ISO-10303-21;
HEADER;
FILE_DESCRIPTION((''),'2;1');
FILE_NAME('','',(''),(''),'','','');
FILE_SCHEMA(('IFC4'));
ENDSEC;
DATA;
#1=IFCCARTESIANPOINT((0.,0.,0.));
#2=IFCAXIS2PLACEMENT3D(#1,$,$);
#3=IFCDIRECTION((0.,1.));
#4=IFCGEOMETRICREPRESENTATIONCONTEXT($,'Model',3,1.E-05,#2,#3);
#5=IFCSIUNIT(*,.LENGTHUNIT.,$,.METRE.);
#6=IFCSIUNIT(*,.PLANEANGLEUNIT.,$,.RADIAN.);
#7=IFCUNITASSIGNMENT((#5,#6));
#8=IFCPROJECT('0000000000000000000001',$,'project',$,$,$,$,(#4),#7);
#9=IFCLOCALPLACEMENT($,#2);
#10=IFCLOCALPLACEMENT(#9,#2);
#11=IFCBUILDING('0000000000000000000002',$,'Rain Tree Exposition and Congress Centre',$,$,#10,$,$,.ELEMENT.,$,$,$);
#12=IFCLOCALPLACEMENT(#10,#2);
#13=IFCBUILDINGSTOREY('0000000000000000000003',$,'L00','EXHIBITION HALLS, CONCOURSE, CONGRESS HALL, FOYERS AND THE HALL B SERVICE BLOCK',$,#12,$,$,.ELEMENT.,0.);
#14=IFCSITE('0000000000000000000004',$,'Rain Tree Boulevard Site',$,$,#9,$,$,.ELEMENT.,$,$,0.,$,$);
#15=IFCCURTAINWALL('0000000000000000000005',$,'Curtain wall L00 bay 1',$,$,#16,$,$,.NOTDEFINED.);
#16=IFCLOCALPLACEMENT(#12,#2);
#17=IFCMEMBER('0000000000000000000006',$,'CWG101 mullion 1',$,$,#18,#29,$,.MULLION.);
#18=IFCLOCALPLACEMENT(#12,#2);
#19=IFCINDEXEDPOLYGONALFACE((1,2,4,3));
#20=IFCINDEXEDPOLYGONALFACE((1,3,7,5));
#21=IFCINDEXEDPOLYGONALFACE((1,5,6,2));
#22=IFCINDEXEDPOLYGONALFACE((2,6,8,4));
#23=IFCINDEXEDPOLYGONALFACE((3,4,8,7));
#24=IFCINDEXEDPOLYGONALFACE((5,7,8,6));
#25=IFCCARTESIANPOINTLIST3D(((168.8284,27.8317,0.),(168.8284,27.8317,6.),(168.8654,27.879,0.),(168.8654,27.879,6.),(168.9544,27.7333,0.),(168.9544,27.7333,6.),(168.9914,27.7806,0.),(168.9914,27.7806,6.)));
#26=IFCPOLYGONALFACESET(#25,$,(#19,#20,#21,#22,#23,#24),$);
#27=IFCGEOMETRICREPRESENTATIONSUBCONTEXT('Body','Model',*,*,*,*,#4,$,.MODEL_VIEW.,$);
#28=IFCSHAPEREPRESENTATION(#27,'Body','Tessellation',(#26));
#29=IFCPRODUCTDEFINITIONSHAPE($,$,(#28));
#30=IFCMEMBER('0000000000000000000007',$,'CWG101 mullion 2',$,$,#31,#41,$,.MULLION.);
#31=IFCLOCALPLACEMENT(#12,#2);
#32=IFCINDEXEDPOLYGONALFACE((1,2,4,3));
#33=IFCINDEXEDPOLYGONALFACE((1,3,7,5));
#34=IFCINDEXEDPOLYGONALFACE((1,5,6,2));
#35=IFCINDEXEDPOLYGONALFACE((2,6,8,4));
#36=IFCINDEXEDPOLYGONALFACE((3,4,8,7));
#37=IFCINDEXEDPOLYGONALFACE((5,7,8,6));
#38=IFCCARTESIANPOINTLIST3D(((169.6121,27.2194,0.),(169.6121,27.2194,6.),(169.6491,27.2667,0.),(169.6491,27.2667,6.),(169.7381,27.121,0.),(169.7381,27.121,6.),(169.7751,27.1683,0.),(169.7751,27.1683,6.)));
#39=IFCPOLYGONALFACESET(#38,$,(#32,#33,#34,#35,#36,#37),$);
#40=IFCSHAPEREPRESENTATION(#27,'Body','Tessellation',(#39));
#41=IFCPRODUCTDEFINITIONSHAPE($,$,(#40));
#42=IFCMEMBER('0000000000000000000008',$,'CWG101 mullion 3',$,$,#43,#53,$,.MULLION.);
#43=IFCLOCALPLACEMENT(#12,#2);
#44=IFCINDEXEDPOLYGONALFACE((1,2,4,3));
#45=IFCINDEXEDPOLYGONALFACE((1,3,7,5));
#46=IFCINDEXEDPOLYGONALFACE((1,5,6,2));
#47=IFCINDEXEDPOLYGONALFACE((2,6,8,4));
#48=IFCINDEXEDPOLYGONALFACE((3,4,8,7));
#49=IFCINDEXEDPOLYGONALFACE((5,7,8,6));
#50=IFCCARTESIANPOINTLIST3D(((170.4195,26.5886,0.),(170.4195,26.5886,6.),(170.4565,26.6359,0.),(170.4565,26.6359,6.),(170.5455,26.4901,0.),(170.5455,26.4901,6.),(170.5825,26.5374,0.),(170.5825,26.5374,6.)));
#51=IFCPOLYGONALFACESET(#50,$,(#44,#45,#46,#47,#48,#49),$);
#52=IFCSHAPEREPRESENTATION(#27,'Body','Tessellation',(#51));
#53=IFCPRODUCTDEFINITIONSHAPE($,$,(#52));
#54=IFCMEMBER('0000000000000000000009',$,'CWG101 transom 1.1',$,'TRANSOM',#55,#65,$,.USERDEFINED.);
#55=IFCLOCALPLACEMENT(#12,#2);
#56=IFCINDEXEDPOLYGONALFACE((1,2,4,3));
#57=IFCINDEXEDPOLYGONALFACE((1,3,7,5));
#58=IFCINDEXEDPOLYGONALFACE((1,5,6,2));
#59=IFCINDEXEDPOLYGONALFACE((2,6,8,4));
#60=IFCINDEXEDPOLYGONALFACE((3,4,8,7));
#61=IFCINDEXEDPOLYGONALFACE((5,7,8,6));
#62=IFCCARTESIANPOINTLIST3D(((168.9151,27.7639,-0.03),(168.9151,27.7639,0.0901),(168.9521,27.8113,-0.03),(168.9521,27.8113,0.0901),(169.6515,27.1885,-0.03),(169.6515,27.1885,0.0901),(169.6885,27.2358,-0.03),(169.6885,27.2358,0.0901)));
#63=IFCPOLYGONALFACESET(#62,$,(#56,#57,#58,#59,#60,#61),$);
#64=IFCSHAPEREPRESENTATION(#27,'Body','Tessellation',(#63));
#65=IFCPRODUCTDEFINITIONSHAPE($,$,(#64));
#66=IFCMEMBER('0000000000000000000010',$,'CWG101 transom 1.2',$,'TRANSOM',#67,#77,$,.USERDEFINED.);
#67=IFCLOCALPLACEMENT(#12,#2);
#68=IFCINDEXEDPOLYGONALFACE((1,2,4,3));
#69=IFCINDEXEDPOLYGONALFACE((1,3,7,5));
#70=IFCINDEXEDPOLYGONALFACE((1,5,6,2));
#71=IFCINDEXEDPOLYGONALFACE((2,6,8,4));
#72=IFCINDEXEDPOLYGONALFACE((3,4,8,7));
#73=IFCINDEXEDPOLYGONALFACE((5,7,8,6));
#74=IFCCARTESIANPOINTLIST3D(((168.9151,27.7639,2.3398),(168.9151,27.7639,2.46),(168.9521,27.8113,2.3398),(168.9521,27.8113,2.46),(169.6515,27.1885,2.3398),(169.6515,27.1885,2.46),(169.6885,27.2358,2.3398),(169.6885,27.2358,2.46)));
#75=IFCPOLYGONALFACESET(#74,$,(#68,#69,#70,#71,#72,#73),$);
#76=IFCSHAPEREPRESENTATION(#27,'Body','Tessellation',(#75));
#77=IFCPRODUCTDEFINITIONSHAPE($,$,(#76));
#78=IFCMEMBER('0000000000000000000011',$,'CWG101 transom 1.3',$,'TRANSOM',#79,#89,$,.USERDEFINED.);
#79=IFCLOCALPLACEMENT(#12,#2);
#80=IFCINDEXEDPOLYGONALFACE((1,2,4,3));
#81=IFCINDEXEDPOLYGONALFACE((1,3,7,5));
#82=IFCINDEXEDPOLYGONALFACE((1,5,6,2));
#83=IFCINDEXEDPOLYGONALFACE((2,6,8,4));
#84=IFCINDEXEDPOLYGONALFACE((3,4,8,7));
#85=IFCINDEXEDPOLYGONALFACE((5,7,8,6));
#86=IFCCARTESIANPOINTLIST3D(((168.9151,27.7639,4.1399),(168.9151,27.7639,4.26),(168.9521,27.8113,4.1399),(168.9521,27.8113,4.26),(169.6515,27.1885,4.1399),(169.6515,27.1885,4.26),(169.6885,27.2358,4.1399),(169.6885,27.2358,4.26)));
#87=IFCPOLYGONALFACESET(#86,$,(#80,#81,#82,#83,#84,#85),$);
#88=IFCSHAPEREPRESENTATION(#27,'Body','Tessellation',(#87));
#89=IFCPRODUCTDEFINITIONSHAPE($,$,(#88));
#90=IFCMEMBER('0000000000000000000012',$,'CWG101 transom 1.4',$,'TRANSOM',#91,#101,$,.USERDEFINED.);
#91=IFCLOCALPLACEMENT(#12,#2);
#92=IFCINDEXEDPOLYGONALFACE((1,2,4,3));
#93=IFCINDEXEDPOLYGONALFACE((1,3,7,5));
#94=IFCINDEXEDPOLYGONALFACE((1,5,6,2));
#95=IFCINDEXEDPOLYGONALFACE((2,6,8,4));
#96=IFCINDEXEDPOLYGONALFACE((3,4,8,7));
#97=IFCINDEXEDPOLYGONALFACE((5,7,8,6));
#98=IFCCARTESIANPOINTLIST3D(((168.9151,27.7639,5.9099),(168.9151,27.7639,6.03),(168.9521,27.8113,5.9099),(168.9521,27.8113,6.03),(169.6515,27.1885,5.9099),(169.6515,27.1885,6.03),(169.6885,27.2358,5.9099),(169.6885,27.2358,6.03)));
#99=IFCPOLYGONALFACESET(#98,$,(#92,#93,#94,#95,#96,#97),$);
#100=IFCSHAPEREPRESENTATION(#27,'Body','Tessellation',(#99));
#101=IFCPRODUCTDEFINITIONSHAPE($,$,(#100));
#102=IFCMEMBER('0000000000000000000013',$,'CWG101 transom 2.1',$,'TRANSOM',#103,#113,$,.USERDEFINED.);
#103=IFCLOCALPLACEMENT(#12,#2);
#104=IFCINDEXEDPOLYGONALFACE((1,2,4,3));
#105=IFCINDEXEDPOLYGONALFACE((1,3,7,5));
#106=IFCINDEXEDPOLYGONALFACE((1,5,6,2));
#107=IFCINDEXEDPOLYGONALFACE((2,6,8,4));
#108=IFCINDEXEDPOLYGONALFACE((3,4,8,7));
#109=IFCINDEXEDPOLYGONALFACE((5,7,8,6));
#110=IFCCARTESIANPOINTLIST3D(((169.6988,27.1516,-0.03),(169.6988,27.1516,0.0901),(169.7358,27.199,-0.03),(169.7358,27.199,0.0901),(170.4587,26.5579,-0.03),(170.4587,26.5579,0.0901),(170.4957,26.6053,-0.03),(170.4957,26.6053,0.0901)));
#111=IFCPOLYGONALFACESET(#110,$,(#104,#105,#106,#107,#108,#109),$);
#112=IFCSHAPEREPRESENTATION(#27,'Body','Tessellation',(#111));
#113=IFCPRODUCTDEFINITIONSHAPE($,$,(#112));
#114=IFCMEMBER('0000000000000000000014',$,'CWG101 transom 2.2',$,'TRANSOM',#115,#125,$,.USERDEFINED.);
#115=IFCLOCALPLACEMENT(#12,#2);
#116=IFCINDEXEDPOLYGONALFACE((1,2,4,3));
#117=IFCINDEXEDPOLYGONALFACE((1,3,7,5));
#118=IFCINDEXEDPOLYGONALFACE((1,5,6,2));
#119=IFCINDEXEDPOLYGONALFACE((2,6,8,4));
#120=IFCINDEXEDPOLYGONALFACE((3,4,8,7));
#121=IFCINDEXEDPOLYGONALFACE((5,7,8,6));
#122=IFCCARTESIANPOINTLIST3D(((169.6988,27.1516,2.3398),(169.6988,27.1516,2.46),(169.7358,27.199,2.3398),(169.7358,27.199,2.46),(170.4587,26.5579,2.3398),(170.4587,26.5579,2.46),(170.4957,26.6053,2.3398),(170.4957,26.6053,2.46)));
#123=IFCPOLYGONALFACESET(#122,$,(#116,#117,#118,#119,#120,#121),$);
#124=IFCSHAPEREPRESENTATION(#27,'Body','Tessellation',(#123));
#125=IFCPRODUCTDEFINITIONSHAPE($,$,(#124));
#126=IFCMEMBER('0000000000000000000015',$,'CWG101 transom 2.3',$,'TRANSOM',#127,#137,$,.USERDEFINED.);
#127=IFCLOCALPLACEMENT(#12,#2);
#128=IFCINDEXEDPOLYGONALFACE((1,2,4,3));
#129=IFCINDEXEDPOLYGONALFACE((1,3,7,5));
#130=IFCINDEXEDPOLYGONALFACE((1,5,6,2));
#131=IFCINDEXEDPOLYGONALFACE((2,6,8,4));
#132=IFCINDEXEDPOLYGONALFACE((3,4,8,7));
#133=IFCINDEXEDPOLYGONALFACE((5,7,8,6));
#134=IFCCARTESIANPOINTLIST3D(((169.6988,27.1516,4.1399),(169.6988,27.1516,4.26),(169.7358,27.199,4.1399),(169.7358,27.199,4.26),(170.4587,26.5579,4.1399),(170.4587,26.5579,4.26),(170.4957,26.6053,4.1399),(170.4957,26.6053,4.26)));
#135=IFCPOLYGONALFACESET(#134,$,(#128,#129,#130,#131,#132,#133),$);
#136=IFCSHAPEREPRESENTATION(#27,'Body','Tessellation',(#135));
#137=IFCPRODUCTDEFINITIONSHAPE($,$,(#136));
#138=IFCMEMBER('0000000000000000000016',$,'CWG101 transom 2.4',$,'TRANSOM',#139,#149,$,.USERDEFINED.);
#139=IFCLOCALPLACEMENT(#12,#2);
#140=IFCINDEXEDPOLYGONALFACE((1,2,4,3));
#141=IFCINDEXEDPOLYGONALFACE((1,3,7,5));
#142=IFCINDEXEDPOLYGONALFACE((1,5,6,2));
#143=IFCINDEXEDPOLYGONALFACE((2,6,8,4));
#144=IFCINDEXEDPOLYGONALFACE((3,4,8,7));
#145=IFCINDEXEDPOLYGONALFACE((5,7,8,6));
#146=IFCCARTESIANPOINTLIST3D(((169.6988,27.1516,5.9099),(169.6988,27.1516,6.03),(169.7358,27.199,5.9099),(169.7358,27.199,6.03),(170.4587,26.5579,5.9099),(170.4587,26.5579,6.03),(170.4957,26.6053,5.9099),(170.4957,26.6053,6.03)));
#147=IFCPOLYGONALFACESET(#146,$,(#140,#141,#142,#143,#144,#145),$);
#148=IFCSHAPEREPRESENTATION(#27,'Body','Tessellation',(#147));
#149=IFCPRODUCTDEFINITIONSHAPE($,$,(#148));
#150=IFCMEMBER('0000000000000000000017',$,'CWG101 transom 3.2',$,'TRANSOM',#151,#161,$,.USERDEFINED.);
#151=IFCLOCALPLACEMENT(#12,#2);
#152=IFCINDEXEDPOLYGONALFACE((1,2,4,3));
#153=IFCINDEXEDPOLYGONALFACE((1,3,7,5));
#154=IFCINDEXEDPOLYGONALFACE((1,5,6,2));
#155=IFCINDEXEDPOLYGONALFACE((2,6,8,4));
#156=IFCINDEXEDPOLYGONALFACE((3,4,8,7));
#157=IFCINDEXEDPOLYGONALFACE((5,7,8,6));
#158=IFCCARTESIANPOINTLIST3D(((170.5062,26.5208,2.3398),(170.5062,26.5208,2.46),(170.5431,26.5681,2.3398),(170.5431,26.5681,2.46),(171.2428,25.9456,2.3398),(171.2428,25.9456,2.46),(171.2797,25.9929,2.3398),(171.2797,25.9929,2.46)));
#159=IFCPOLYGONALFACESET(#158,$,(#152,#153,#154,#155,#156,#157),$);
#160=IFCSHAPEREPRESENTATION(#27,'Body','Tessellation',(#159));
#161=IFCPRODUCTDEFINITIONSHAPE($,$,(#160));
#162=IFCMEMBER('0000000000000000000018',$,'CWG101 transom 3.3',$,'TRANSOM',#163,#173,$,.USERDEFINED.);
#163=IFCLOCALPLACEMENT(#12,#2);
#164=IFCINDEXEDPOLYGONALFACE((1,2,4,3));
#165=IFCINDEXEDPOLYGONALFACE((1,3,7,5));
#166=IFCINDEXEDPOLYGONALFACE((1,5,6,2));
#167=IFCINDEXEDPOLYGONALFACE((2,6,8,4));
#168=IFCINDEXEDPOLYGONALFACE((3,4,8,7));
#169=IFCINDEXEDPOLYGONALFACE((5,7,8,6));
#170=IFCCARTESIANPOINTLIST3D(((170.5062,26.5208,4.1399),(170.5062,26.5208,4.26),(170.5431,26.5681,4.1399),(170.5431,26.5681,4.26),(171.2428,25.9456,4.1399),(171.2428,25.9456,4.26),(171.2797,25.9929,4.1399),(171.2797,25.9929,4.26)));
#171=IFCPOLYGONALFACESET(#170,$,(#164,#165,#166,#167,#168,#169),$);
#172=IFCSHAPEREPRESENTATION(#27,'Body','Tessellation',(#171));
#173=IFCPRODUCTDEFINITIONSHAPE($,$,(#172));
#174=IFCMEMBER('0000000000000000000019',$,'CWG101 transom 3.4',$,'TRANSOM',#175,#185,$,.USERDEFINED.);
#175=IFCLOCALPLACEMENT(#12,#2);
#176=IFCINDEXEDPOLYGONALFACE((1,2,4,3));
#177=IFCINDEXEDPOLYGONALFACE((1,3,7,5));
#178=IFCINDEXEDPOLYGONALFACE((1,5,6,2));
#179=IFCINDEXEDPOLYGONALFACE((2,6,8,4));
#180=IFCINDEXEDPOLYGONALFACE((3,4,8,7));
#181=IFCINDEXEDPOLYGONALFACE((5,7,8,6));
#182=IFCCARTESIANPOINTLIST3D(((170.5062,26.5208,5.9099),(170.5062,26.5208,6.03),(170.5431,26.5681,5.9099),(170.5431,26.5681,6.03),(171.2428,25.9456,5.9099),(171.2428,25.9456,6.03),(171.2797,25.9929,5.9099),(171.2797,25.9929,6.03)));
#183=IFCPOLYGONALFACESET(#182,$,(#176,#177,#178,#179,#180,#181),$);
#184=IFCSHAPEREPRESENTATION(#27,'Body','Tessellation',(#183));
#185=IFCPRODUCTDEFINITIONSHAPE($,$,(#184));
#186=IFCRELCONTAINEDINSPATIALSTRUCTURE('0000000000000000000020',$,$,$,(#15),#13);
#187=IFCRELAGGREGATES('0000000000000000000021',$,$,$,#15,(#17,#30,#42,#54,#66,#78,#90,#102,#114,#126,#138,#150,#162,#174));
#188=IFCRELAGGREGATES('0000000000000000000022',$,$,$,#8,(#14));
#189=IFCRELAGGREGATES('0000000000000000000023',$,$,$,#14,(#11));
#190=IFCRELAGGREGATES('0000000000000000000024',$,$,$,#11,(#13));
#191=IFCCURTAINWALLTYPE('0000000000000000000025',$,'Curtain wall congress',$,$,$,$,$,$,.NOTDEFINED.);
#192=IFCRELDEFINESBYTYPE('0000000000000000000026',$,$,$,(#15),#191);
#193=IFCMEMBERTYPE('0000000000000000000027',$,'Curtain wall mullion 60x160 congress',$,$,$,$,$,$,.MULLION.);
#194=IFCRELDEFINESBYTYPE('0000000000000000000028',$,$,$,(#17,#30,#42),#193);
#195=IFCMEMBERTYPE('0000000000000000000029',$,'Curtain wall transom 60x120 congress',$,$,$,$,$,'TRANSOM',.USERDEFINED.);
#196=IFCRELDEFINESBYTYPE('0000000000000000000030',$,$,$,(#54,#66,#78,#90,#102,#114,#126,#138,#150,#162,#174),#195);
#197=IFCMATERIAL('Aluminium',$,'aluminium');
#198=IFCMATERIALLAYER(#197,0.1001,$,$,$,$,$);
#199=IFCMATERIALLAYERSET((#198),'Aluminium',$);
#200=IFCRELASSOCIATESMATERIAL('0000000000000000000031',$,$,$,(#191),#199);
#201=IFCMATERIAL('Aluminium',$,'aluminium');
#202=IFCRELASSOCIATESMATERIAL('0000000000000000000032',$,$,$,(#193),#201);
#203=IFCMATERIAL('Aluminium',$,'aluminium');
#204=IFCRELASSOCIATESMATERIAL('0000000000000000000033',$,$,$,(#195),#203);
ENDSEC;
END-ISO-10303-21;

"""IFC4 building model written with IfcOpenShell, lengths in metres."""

from ifc_helpers import new_model, si_unit, direction, frame, origin, origin_2d, place, context, subcontext, project, spatial, rectangle, extrude, material, layer, layer_set, material_profile, profile_set, type_object, element, aggregate, save


model = new_model("IFC4")

# Units and contexts
model_context = context("Model", 3, precision=1e-05, world=origin(), true_north=direction((0.0, 1.0)))
body_context = subcontext(model_context, "Body", "Model", "MODEL_VIEW")
ifc_project = project(units=[si_unit("LENGTHUNIT", "METRE"), si_unit("PLANEANGLEUNIT", "RADIAN")], contexts=[model_context])

# Site, building, storey
site_placement = place(None, origin())
site = spatial("IfcSite", under=ifc_project, at=site_placement, Name="Rain Tree Boulevard Site", CompositionType="ELEMENT", RefElevation=0.0)
building_placement = place(site_placement, origin())
building = spatial("IfcBuilding", under=site, at=building_placement, Name="Rain Tree Exposition and Congress Centre", CompositionType="ELEMENT")
storey_placement = place(building_placement, origin())
storey = spatial("IfcBuildingStorey", under=building, at=storey_placement, Name="L00", Description="EXHIBITION HALLS, CONCOURSE, CONGRESS HALL, FOYERS AND THE HALL B SERVICE BLOCK", CompositionType="ELEMENT", Elevation=0.0)

# Curtain wall, members
ifc_material_1 = material(Name="Aluminium", Category="aluminium")
ifc_layer_1 = layer(ifc_material_1, 0.1001)
ifc_layer_set_1 = layer_set([ifc_layer_1], Name="Aluminium")
curtain_wall_type = type_object("IfcCurtainWallType", Name="Curtain wall congress", PredefinedType="NOTDEFINED", material=ifc_layer_set_1)
curtain_wall_placement = place(storey_placement, origin())
curtain_wall = element("IfcCurtainWall", 1, at=curtain_wall_placement, inside=storey, type_object=curtain_wall_type, Name="Curtain wall L00 bay 1", PredefinedType="NOTDEFINED")
ifc_material_2 = material(Name="Aluminium", Category="aluminium")
ifc_material_profile_1 = material_profile(ifc_material_2, rectangle(XDim=0.0601, YDim=0.1599, at=origin_2d()), Name="AL 60x160")
ifc_profile_set_1 = profile_set([ifc_material_profile_1], Name="Aluminium")
member_type_1 = type_object("IfcMemberType", Name="Curtain wall mullion 60x160 congress", PredefinedType="MULLION", material=ifc_profile_set_1)
member_1_placement = place(storey_placement, frame((168.9099, 27.8062, 0.0), z_axis=(0.0, 0.0, 1.0), x_axis=(0.615671, 0.788003, 0.0)))
member_1 = element("IfcMember", 2, at=member_1_placement, type_object=member_type_1, Name="CWG101 mullion 1", PredefinedType="MULLION", context=body_context, shape_type="SweptSolid", body=[
    extrude(rectangle(XDim=0.0601, YDim=0.1599, at=origin_2d()), origin(), (0.0, 0.0, 1.0), 6.0),
])
member_2_placement = place(storey_placement, frame((169.6936, 27.1938, 0.0), z_axis=(0.0, 0.0, 1.0), x_axis=(0.615671, 0.788003, 0.0)))
member_2 = element("IfcMember", 3, at=member_2_placement, type_object=member_type_1, Name="CWG101 mullion 2", PredefinedType="MULLION", context=body_context, shape_type="SweptSolid", body=[
    extrude(rectangle(XDim=0.0601, YDim=0.1599, at=origin_2d()), origin(), (0.0, 0.0, 1.0), 6.0),
])
member_3_placement = place(storey_placement, frame((170.501, 26.563, 0.0), z_axis=(0.0, 0.0, 1.0), x_axis=(0.615671, 0.788003, 0.0)))
member_3 = element("IfcMember", 4, at=member_3_placement, type_object=member_type_1, Name="CWG101 mullion 3", PredefinedType="MULLION", context=body_context, shape_type="SweptSolid", body=[
    extrude(rectangle(XDim=0.0601, YDim=0.1599, at=origin_2d()), origin(), (0.0, 0.0, 1.0), 6.0),
])
ifc_material_3 = material(Name="Aluminium", Category="aluminium")
ifc_material_profile_2 = material_profile(ifc_material_3, rectangle(XDim=0.0601, YDim=0.1201, at=origin_2d()), Name="AL 60x120")
ifc_profile_set_2 = profile_set([ifc_material_profile_2], Name="Aluminium")
member_type_2 = type_object("IfcMemberType", Name="Curtain wall transom 60x120 congress", ElementType="TRANSOM", PredefinedType="USERDEFINED", material=ifc_profile_set_2)
member_4_placement = place(storey_placement, frame((168.9336, 27.7876, 0.03), z_axis=(0.787929, -0.615766, 0.0), x_axis=(0.615766, 0.787929, 0.0)))
member_4 = element("IfcMember", 5, at=member_4_placement, type_object=member_type_2, Name="CWG101 transom 1.1", ObjectType="TRANSOM", PredefinedType="USERDEFINED", context=body_context, shape_type="SweptSolid", body=[
    extrude(rectangle(XDim=0.0601, YDim=0.1201, at=origin_2d()), origin(), (0.0, 0.0, 1.0), 0.9346),
])
member_5_placement = place(storey_placement, frame((168.9336, 27.7876, 2.3999), z_axis=(0.787929, -0.615766, 0.0), x_axis=(0.615766, 0.787929, 0.0)))
member_5 = element("IfcMember", 6, at=member_5_placement, type_object=member_type_2, Name="CWG101 transom 1.2", ObjectType="TRANSOM", PredefinedType="USERDEFINED", context=body_context, shape_type="SweptSolid", body=[
    extrude(rectangle(XDim=0.0601, YDim=0.1201, at=origin_2d()), origin(), (0.0, 0.0, 1.0), 0.9346),
])
member_6_placement = place(storey_placement, frame((168.9336, 27.7876, 4.2), z_axis=(0.787929, -0.615766, 0.0), x_axis=(0.615766, 0.787929, 0.0)))
member_6 = element("IfcMember", 7, at=member_6_placement, type_object=member_type_2, Name="CWG101 transom 1.3", ObjectType="TRANSOM", PredefinedType="USERDEFINED", context=body_context, shape_type="SweptSolid", body=[
    extrude(rectangle(XDim=0.0601, YDim=0.1201, at=origin_2d()), origin(), (0.0, 0.0, 1.0), 0.9346),
])
member_7_placement = place(storey_placement, frame((168.9336, 27.7876, 5.97), z_axis=(0.787929, -0.615766, 0.0), x_axis=(0.615766, 0.787929, 0.0)))
member_7 = element("IfcMember", 8, at=member_7_placement, type_object=member_type_2, Name="CWG101 transom 1.4", ObjectType="TRANSOM", PredefinedType="USERDEFINED", context=body_context, shape_type="SweptSolid", body=[
    extrude(rectangle(XDim=0.0601, YDim=0.1201, at=origin_2d()), origin(), (0.0, 0.0, 1.0), 0.9346),
])
member_8_placement = place(storey_placement, frame((169.7173, 27.1753, 0.03), z_axis=(0.788028, -0.615639, 0.0), x_axis=(0.615639, 0.788028, 0.0)))
member_8 = element("IfcMember", 9, at=member_8_placement, type_object=member_type_2, Name="CWG101 transom 2.1", ObjectType="TRANSOM", PredefinedType="USERDEFINED", context=body_context, shape_type="SweptSolid", body=[
    extrude(rectangle(XDim=0.0601, YDim=0.1201, at=origin_2d()), origin(), (0.0, 0.0, 1.0), 0.9644),
])
member_9_placement = place(storey_placement, frame((169.7173, 27.1753, 2.3999), z_axis=(0.788028, -0.615639, 0.0), x_axis=(0.615639, 0.788028, 0.0)))
member_9 = element("IfcMember", 10, at=member_9_placement, type_object=member_type_2, Name="CWG101 transom 2.2", ObjectType="TRANSOM", PredefinedType="USERDEFINED", context=body_context, shape_type="SweptSolid", body=[
    extrude(rectangle(XDim=0.0601, YDim=0.1201, at=origin_2d()), origin(), (0.0, 0.0, 1.0), 0.9644),
])
member_10_placement = place(storey_placement, frame((169.7173, 27.1753, 4.2), z_axis=(0.788028, -0.615639, 0.0), x_axis=(0.615639, 0.788028, 0.0)))
member_10 = element("IfcMember", 11, at=member_10_placement, type_object=member_type_2, Name="CWG101 transom 2.3", ObjectType="TRANSOM", PredefinedType="USERDEFINED", context=body_context, shape_type="SweptSolid", body=[
    extrude(rectangle(XDim=0.0601, YDim=0.1201, at=origin_2d()), origin(), (0.0, 0.0, 1.0), 0.9644),
])
member_11_placement = place(storey_placement, frame((169.7173, 27.1753, 5.97), z_axis=(0.788028, -0.615639, 0.0), x_axis=(0.615639, 0.788028, 0.0)))
member_11 = element("IfcMember", 12, at=member_11_placement, type_object=member_type_2, Name="CWG101 transom 2.4", ObjectType="TRANSOM", PredefinedType="USERDEFINED", context=body_context, shape_type="SweptSolid", body=[
    extrude(rectangle(XDim=0.0601, YDim=0.1201, at=origin_2d()), origin(), (0.0, 0.0, 1.0), 0.9644),
])
member_12_placement = place(storey_placement, frame((170.5247, 26.5444, 2.3999), z_axis=(0.788155, -0.615477, 0.0), x_axis=(0.615477, 0.788155, 0.0)))
member_12 = element("IfcMember", 13, at=member_12_placement, type_object=member_type_2, Name="CWG101 transom 3.2", ObjectType="TRANSOM", PredefinedType="USERDEFINED", context=body_context, shape_type="SweptSolid", body=[
    extrude(rectangle(XDim=0.0601, YDim=0.1201, at=origin_2d()), origin(), (0.0, 0.0, 1.0), 0.9346),
])
member_13_placement = place(storey_placement, frame((170.5247, 26.5444, 4.2), z_axis=(0.788155, -0.615477, 0.0), x_axis=(0.615477, 0.788155, 0.0)))
member_13 = element("IfcMember", 14, at=member_13_placement, type_object=member_type_2, Name="CWG101 transom 3.3", ObjectType="TRANSOM", PredefinedType="USERDEFINED", context=body_context, shape_type="SweptSolid", body=[
    extrude(rectangle(XDim=0.0601, YDim=0.1201, at=origin_2d()), origin(), (0.0, 0.0, 1.0), 0.9346),
])
member_14_placement = place(storey_placement, frame((170.5247, 26.5444, 5.97), z_axis=(0.788155, -0.615477, 0.0), x_axis=(0.615477, 0.788155, 0.0)))
member_14 = element("IfcMember", 15, at=member_14_placement, type_object=member_type_2, Name="CWG101 transom 3.4", ObjectType="TRANSOM", PredefinedType="USERDEFINED", context=body_context, shape_type="SweptSolid", body=[
    extrude(rectangle(XDim=0.0601, YDim=0.1201, at=origin_2d()), origin(), (0.0, 0.0, 1.0), 0.9346),
])
aggregate(curtain_wall, [member_1, member_2, member_3, member_4, member_5, member_6, member_7, member_8, member_9, member_10, member_11, member_12, member_13, member_14])

save(model, "model.ifc")
